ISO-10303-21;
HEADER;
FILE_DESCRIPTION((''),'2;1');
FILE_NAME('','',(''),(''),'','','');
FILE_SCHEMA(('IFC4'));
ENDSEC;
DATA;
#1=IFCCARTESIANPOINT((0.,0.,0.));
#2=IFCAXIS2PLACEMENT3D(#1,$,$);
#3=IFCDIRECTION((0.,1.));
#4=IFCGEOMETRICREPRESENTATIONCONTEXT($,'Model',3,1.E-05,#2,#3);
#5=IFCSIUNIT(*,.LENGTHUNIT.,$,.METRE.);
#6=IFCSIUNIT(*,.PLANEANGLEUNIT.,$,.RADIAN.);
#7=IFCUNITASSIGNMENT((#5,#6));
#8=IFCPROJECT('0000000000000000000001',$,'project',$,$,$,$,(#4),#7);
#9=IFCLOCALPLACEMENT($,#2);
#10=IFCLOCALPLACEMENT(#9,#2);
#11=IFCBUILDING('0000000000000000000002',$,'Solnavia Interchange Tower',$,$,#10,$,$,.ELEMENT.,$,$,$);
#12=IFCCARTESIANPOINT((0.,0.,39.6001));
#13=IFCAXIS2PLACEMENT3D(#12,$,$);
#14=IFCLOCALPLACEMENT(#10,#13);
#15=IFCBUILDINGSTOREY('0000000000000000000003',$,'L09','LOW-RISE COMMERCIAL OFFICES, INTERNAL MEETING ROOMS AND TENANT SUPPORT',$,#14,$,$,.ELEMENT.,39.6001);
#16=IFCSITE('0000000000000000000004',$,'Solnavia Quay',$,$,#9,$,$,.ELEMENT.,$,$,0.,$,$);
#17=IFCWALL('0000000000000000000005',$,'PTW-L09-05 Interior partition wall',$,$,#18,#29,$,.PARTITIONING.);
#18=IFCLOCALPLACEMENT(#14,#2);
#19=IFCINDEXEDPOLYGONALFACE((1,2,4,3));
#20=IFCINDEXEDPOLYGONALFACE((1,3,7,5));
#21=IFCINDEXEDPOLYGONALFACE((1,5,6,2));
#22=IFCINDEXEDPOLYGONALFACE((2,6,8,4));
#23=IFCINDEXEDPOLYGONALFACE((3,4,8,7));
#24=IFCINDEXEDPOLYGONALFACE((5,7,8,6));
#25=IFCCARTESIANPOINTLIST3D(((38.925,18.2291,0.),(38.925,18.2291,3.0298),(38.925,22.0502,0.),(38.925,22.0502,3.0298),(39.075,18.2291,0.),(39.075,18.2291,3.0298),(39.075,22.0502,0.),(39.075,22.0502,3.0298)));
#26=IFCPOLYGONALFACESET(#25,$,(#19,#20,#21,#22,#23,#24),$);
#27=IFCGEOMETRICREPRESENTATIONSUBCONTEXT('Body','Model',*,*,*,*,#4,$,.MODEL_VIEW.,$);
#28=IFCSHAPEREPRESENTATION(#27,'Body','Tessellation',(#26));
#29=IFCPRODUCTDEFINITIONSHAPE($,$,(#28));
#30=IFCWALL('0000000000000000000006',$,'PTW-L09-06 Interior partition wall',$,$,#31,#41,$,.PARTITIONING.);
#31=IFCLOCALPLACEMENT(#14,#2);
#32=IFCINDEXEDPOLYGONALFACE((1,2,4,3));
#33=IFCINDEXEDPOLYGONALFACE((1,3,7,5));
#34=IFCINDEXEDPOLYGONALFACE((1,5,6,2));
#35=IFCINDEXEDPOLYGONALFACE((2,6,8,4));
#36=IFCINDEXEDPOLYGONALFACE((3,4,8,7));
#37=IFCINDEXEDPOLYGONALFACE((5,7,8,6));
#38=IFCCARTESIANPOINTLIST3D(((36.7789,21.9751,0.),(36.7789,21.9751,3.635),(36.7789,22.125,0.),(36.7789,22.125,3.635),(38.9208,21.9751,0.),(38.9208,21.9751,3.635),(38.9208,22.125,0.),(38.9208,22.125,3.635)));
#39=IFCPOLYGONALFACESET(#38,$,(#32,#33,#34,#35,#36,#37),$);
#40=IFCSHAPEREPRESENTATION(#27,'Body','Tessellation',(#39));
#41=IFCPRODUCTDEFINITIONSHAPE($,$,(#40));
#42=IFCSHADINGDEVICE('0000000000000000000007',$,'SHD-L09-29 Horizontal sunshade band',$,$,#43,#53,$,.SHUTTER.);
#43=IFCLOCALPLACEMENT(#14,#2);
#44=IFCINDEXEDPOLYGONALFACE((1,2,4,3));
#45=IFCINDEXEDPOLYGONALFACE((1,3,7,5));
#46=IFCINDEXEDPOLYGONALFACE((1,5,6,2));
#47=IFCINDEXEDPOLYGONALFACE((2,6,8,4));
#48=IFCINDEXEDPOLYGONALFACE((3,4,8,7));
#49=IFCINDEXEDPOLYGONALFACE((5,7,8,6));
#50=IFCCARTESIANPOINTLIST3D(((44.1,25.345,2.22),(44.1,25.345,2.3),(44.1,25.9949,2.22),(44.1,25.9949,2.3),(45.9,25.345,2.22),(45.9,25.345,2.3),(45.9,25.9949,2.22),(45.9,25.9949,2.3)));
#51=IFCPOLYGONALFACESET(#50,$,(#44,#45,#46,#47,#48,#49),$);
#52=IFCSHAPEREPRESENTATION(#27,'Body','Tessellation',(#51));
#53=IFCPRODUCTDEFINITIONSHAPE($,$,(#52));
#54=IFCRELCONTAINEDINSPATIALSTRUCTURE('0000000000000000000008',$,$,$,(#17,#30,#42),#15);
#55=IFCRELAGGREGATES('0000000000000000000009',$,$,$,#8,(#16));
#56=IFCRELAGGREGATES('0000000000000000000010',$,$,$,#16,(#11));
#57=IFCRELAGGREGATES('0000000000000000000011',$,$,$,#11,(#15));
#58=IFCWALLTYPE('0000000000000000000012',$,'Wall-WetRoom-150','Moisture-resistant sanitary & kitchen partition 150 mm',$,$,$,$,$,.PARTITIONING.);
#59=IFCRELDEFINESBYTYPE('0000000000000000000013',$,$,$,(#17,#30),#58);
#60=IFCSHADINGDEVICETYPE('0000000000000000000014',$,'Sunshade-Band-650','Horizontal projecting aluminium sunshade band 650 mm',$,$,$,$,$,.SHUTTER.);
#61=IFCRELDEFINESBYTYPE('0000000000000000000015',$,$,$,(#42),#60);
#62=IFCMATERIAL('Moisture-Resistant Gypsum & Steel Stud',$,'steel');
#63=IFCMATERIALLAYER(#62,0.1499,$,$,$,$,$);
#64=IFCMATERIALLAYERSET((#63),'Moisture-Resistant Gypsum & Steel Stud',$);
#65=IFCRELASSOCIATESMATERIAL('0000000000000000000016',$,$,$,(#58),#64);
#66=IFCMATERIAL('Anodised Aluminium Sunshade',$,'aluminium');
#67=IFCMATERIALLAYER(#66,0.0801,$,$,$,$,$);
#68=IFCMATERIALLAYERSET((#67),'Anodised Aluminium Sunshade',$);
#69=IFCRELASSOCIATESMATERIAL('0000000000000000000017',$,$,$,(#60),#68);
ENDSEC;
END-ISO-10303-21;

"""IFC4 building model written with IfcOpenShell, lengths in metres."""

from ifc_helpers import new_model, si_unit, direction, frame, frame_2d, origin, origin_2d, place, context, subcontext, project, spatial, rectangle, extrude, material, layer, layer_set, type_object, element, save


model = new_model("IFC4")

# Units and contexts
model_context = context("Model", 3, precision=1e-05, world=origin(), true_north=direction((0.0, 1.0)))
body_context = subcontext(model_context, "Body", "Model", "MODEL_VIEW")
ifc_project = project(units=[si_unit("LENGTHUNIT", "METRE"), si_unit("PLANEANGLEUNIT", "RADIAN")], contexts=[model_context])

# Site, building, storey
site_placement = place(None, origin())
site = spatial("IfcSite", under=ifc_project, at=site_placement, Name="Solnavia Quay", CompositionType="ELEMENT", RefElevation=0.0)
building_placement = place(site_placement, origin())
building = spatial("IfcBuilding", under=site, at=building_placement, Name="Solnavia Interchange Tower", CompositionType="ELEMENT")
storey_placement = place(building_placement, frame((0.0, 0.0, 39.6001)))
storey = spatial("IfcBuildingStorey", under=building, at=storey_placement, Name="L09", Description="LOW-RISE COMMERCIAL OFFICES, INTERNAL MEETING ROOMS AND TENANT SUPPORT", CompositionType="ELEMENT", Elevation=39.6001)

# Shared definitions
ifc_material_1 = material(Name="Moisture-Resistant Gypsum & Steel Stud", Category="steel")
ifc_layer_1 = layer(ifc_material_1, 0.1499)
ifc_layer_set_1 = layer_set([ifc_layer_1], Name="Moisture-Resistant Gypsum & Steel Stud")
wall_type_1 = type_object("IfcWallType", Name="Wall-WetRoom-150", Description="Moisture-resistant sanitary & kitchen partition 150 mm", PredefinedType="PARTITIONING", material=ifc_layer_set_1)

# Walls
wall_1_placement = place(storey_placement, frame((39.0, 18.229, 0.0), z_axis=(0.0, 0.0, 1.0), x_axis=(0.0, 1.0, 0.0)))
element("IfcWall", 1, at=wall_1_placement, inside=storey, type_object=wall_type_1, Name="PTW-L09-05 Interior partition wall", PredefinedType="PARTITIONING", context=body_context, shape_type="SweptSolid", body=[
    extrude(rectangle(XDim=3.821, YDim=0.1499, at=frame_2d((1.9106, 0.0))), origin(), (0.0, 0.0, 1.0), 3.0298),
])
wall_2_placement = place(storey_placement, frame((36.7791, 22.05, 0.0), z_axis=(0.0, 0.0, 1.0), x_axis=(1.0, 0.0, 0.0)))
element("IfcWall", 2, at=wall_2_placement, inside=storey, type_object=wall_type_1, Name="PTW-L09-06 Interior partition wall", PredefinedType="PARTITIONING", context=body_context, shape_type="SweptSolid", body=[
    extrude(rectangle(XDim=2.1418, YDim=0.1499, at=frame_2d((1.0708, 0.0))), origin(), (0.0, 0.0, 1.0), 3.635),
])

# Shading device
ifc_material_2 = material(Name="Anodised Aluminium Sunshade", Category="aluminium")
ifc_layer_2 = layer(ifc_material_2, 0.0801)
ifc_layer_set_2 = layer_set([ifc_layer_2], Name="Anodised Aluminium Sunshade")
shading_device_type = type_object("IfcShadingDeviceType", Name="Sunshade-Band-650", Description="Horizontal projecting aluminium sunshade band 650 mm", PredefinedType="SHUTTER", material=ifc_layer_set_2)
shading_device_placement = place(storey_placement, frame((45.0, 25.6699, 2.22), z_axis=(0.0, 0.0, 1.0), x_axis=(1.0, 0.0, 0.0)))
element("IfcShadingDevice", 3, at=shading_device_placement, inside=storey, type_object=shading_device_type, Name="SHD-L09-29 Horizontal sunshade band", PredefinedType="SHUTTER", context=body_context, shape_type="SweptSolid", body=[
    extrude(rectangle(XDim=1.8, YDim=0.6499, at=origin_2d()), origin(), (0.0, 0.0, 1.0), 0.0801),
])

save(model, "model.ifc")
